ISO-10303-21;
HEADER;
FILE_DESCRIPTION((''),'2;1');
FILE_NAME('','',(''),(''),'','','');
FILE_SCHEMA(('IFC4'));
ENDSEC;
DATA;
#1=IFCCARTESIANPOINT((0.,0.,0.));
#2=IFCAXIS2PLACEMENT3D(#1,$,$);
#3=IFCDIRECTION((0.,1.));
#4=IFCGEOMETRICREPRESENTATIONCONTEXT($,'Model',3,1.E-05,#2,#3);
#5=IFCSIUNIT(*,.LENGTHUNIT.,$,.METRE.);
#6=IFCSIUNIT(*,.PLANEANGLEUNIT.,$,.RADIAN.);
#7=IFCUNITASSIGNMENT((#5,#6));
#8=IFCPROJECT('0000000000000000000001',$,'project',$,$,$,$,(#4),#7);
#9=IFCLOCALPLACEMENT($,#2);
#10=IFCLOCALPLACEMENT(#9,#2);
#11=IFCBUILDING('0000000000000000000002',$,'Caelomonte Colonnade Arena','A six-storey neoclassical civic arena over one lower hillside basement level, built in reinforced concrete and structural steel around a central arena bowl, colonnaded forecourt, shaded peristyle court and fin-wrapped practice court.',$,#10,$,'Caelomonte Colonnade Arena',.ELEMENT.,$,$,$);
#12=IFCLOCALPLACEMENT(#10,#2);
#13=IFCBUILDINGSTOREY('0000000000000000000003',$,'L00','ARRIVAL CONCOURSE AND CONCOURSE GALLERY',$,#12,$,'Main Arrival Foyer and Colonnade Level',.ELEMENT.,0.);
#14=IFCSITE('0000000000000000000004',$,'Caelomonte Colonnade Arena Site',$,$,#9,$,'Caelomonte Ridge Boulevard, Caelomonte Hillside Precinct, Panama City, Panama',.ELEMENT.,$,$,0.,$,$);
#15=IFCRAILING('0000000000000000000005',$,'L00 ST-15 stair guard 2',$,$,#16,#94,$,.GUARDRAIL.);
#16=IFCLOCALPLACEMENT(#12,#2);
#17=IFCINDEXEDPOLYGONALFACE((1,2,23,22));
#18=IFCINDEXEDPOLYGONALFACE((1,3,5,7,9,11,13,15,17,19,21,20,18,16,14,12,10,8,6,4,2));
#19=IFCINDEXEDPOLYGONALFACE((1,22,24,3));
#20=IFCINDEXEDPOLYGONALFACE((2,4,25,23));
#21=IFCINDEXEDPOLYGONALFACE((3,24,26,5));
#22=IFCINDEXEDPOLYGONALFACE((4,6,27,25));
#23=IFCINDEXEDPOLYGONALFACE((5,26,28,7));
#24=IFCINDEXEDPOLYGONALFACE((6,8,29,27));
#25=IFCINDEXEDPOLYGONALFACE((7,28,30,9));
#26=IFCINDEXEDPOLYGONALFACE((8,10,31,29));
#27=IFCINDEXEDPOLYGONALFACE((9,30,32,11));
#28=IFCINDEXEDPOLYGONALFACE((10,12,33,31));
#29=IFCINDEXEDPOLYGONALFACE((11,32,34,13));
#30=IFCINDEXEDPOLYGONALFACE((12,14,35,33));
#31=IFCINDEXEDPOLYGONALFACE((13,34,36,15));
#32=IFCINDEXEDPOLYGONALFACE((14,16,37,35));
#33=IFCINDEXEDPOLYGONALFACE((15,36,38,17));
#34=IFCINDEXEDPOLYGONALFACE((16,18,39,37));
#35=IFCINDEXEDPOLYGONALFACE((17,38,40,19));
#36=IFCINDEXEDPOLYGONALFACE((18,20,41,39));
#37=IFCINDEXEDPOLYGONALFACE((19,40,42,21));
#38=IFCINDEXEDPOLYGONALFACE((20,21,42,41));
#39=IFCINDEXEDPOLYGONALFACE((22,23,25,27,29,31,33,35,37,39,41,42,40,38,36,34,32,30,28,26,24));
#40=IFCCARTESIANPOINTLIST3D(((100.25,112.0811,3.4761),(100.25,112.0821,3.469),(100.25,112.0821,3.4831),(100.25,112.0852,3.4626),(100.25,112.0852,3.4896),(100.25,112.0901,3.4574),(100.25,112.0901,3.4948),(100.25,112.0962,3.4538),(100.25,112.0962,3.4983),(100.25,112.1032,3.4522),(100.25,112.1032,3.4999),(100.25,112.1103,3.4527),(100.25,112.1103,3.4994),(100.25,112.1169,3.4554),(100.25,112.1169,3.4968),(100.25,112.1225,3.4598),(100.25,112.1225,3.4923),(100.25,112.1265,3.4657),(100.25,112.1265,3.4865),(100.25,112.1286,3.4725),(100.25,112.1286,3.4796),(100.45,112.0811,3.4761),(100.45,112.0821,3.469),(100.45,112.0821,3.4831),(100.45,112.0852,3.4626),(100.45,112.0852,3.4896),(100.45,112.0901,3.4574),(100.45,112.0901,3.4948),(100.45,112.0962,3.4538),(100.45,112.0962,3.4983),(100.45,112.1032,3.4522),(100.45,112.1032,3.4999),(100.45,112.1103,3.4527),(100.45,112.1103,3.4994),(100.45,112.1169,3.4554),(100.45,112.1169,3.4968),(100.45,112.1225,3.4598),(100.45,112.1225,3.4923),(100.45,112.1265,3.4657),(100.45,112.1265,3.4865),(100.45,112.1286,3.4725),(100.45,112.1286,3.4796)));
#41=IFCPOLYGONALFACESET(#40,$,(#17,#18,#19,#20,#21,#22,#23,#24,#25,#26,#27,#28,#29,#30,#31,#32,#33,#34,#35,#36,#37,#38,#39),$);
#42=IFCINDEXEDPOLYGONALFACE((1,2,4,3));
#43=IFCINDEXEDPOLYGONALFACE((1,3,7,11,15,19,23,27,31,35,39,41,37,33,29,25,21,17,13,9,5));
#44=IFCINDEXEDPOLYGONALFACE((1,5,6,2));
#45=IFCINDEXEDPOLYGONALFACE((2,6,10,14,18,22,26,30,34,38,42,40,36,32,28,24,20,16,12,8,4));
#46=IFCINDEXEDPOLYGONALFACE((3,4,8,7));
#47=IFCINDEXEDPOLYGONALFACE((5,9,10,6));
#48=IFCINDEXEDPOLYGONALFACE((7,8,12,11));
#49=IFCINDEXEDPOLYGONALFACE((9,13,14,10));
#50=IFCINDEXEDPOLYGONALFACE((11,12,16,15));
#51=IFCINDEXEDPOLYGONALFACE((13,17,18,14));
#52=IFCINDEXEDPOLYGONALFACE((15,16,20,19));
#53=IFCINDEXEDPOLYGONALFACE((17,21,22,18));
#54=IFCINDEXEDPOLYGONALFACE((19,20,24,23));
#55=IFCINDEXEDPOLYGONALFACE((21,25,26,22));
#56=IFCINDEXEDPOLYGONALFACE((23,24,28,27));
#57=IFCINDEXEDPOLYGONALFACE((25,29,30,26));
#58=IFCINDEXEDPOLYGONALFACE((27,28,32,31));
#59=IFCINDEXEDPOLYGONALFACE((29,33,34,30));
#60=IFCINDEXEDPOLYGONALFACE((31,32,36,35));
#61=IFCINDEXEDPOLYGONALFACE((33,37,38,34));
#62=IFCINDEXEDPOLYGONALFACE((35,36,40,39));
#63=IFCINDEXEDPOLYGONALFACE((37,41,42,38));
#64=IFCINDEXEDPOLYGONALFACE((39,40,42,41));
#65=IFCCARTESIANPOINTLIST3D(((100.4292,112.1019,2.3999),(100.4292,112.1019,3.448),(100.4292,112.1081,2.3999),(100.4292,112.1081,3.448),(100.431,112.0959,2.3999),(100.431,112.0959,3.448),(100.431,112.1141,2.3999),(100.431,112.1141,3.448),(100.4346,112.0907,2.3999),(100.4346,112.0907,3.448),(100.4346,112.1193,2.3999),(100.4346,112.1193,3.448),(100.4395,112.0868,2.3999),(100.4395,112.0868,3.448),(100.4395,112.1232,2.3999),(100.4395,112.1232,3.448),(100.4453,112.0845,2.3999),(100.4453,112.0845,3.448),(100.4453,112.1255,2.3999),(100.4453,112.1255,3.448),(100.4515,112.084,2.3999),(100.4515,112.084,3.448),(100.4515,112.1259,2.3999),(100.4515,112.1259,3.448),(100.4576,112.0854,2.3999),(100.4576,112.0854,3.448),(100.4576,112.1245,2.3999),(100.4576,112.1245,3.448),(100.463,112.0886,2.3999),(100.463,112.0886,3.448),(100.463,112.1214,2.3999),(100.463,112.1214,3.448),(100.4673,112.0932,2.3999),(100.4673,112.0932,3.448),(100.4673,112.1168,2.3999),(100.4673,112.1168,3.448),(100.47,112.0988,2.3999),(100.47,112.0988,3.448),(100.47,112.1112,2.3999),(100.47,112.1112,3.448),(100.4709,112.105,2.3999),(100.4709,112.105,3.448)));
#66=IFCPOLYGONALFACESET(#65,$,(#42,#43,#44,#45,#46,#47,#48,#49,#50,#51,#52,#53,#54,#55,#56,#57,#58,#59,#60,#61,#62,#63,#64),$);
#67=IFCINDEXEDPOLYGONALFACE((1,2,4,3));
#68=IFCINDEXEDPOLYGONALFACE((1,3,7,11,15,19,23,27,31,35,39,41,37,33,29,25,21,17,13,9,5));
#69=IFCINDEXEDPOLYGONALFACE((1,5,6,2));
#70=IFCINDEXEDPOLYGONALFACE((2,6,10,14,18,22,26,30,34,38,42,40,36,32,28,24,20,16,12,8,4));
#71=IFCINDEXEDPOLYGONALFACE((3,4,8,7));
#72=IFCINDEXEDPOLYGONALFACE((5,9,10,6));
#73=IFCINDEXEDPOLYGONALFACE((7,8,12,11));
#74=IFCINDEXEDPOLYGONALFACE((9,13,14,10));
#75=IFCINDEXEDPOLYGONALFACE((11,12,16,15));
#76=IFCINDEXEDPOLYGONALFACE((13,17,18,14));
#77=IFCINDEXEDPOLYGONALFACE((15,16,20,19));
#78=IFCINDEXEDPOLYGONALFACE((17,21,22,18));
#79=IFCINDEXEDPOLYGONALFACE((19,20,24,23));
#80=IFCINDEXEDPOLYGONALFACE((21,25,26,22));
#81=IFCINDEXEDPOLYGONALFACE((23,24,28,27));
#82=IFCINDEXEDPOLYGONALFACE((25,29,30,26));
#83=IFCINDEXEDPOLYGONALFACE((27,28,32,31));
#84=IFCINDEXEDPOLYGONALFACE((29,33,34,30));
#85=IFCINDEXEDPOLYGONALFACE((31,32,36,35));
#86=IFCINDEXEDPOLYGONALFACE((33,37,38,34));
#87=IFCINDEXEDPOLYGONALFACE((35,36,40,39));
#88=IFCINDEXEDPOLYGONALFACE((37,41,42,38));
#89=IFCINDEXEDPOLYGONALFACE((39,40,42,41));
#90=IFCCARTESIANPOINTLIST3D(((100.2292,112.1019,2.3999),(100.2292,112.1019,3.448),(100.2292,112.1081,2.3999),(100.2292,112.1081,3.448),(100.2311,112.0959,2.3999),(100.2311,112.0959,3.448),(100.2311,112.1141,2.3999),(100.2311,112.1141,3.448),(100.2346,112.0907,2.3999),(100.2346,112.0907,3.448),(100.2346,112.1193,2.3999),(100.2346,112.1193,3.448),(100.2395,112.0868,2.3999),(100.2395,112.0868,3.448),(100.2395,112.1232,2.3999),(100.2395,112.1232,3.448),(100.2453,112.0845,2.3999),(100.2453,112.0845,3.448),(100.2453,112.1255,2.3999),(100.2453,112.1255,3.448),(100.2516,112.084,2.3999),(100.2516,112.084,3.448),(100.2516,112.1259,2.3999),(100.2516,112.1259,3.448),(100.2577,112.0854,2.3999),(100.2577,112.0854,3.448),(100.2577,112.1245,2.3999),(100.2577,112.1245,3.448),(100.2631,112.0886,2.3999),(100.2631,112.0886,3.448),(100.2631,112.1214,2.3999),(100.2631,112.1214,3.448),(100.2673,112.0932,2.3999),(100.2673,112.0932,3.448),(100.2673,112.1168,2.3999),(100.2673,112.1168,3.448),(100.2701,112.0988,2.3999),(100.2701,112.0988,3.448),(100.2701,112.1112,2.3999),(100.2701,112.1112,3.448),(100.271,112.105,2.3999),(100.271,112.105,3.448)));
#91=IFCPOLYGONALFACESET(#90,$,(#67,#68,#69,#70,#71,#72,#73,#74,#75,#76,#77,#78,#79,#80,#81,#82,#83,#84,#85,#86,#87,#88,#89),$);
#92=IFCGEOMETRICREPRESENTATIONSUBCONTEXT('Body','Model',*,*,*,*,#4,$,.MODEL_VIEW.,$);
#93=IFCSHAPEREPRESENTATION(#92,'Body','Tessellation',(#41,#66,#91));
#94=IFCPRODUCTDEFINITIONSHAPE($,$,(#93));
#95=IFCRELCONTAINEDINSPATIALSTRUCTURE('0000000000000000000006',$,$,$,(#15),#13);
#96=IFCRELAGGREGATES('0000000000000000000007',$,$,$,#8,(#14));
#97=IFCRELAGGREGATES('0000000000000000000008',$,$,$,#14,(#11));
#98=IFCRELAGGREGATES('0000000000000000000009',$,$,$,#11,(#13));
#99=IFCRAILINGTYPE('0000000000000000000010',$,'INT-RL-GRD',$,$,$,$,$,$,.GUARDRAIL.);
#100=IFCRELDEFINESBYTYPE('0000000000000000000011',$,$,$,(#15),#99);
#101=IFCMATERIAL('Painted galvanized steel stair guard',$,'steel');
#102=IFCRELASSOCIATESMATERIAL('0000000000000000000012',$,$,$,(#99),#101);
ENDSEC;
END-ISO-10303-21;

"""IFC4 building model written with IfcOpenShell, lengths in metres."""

from ifc_helpers import new_model, si_unit, direction, frame, origin, origin_2d, place, context, subcontext, project, spatial, circle, extrude, material, type_object, element, save


model = new_model("IFC4")

# Units and contexts
model_context = context("Model", 3, precision=1e-05, world=origin(), true_north=direction((0.0, 1.0)))
body_context = subcontext(model_context, "Body", "Model", "MODEL_VIEW")
ifc_project = project(units=[si_unit("LENGTHUNIT", "METRE"), si_unit("PLANEANGLEUNIT", "RADIAN")], contexts=[model_context])

# Site, building, storey
site_placement = place(None, origin())
site = spatial("IfcSite", under=ifc_project, at=site_placement, Name="Caelomonte Colonnade Arena Site", LongName="Caelomonte Ridge Boulevard, Caelomonte Hillside Precinct, Panama City, Panama", CompositionType="ELEMENT", RefElevation=0.0)
building_placement = place(site_placement, origin())
building = spatial("IfcBuilding", under=site, at=building_placement, Name="Caelomonte Colonnade Arena", Description="A six-storey neoclassical civic arena over one lower hillside basement level, built in reinforced concrete and structural steel around a central arena bowl, colonnaded forecourt, shaded peristyle court and fin-wrapped practice court.", LongName="Caelomonte Colonnade Arena", CompositionType="ELEMENT")
storey_placement = place(building_placement, origin())
storey = spatial("IfcBuildingStorey", under=building, at=storey_placement, Name="L00", Description="ARRIVAL CONCOURSE AND CONCOURSE GALLERY", LongName="Main Arrival Foyer and Colonnade Level", CompositionType="ELEMENT", Elevation=0.0)

# Railing
ifc_material_1 = material(Name="Painted galvanized steel stair guard", Category="steel")
railing_type_1 = type_object("IfcRailingType", Name="INT-RL-GRD", PredefinedType="GUARDRAIL", material=ifc_material_1)
railing_1_placement = place(storey_placement, frame((100.45, 112.105, 2.3999)))
element("IfcRailing", 1, at=railing_1_placement, inside=storey, type_object=railing_type_1, Name="L00 ST-15 stair guard 2", PredefinedType="GUARDRAIL", context=body_context, shape_type="SweptSolid", body=[
    extrude(circle(Radius=0.0239, at=origin_2d()), frame((0.0, 0.0, 1.0762), z_axis=(-1.0, 0.0, 0.0), x_axis=(0.0, -1.0, 0.0)), (0.0, 0.0, 1.0), 0.2),
    extrude(circle(Radius=0.021, at=origin_2d()), origin(), (0.0, 0.0, 1.0), 1.0481),
    extrude(circle(Radius=0.021, at=origin_2d()), frame((-0.2, 0.0, 0.0)), (0.0, 0.0, 1.0), 1.0481),
])

save(model, "model.ifc")
